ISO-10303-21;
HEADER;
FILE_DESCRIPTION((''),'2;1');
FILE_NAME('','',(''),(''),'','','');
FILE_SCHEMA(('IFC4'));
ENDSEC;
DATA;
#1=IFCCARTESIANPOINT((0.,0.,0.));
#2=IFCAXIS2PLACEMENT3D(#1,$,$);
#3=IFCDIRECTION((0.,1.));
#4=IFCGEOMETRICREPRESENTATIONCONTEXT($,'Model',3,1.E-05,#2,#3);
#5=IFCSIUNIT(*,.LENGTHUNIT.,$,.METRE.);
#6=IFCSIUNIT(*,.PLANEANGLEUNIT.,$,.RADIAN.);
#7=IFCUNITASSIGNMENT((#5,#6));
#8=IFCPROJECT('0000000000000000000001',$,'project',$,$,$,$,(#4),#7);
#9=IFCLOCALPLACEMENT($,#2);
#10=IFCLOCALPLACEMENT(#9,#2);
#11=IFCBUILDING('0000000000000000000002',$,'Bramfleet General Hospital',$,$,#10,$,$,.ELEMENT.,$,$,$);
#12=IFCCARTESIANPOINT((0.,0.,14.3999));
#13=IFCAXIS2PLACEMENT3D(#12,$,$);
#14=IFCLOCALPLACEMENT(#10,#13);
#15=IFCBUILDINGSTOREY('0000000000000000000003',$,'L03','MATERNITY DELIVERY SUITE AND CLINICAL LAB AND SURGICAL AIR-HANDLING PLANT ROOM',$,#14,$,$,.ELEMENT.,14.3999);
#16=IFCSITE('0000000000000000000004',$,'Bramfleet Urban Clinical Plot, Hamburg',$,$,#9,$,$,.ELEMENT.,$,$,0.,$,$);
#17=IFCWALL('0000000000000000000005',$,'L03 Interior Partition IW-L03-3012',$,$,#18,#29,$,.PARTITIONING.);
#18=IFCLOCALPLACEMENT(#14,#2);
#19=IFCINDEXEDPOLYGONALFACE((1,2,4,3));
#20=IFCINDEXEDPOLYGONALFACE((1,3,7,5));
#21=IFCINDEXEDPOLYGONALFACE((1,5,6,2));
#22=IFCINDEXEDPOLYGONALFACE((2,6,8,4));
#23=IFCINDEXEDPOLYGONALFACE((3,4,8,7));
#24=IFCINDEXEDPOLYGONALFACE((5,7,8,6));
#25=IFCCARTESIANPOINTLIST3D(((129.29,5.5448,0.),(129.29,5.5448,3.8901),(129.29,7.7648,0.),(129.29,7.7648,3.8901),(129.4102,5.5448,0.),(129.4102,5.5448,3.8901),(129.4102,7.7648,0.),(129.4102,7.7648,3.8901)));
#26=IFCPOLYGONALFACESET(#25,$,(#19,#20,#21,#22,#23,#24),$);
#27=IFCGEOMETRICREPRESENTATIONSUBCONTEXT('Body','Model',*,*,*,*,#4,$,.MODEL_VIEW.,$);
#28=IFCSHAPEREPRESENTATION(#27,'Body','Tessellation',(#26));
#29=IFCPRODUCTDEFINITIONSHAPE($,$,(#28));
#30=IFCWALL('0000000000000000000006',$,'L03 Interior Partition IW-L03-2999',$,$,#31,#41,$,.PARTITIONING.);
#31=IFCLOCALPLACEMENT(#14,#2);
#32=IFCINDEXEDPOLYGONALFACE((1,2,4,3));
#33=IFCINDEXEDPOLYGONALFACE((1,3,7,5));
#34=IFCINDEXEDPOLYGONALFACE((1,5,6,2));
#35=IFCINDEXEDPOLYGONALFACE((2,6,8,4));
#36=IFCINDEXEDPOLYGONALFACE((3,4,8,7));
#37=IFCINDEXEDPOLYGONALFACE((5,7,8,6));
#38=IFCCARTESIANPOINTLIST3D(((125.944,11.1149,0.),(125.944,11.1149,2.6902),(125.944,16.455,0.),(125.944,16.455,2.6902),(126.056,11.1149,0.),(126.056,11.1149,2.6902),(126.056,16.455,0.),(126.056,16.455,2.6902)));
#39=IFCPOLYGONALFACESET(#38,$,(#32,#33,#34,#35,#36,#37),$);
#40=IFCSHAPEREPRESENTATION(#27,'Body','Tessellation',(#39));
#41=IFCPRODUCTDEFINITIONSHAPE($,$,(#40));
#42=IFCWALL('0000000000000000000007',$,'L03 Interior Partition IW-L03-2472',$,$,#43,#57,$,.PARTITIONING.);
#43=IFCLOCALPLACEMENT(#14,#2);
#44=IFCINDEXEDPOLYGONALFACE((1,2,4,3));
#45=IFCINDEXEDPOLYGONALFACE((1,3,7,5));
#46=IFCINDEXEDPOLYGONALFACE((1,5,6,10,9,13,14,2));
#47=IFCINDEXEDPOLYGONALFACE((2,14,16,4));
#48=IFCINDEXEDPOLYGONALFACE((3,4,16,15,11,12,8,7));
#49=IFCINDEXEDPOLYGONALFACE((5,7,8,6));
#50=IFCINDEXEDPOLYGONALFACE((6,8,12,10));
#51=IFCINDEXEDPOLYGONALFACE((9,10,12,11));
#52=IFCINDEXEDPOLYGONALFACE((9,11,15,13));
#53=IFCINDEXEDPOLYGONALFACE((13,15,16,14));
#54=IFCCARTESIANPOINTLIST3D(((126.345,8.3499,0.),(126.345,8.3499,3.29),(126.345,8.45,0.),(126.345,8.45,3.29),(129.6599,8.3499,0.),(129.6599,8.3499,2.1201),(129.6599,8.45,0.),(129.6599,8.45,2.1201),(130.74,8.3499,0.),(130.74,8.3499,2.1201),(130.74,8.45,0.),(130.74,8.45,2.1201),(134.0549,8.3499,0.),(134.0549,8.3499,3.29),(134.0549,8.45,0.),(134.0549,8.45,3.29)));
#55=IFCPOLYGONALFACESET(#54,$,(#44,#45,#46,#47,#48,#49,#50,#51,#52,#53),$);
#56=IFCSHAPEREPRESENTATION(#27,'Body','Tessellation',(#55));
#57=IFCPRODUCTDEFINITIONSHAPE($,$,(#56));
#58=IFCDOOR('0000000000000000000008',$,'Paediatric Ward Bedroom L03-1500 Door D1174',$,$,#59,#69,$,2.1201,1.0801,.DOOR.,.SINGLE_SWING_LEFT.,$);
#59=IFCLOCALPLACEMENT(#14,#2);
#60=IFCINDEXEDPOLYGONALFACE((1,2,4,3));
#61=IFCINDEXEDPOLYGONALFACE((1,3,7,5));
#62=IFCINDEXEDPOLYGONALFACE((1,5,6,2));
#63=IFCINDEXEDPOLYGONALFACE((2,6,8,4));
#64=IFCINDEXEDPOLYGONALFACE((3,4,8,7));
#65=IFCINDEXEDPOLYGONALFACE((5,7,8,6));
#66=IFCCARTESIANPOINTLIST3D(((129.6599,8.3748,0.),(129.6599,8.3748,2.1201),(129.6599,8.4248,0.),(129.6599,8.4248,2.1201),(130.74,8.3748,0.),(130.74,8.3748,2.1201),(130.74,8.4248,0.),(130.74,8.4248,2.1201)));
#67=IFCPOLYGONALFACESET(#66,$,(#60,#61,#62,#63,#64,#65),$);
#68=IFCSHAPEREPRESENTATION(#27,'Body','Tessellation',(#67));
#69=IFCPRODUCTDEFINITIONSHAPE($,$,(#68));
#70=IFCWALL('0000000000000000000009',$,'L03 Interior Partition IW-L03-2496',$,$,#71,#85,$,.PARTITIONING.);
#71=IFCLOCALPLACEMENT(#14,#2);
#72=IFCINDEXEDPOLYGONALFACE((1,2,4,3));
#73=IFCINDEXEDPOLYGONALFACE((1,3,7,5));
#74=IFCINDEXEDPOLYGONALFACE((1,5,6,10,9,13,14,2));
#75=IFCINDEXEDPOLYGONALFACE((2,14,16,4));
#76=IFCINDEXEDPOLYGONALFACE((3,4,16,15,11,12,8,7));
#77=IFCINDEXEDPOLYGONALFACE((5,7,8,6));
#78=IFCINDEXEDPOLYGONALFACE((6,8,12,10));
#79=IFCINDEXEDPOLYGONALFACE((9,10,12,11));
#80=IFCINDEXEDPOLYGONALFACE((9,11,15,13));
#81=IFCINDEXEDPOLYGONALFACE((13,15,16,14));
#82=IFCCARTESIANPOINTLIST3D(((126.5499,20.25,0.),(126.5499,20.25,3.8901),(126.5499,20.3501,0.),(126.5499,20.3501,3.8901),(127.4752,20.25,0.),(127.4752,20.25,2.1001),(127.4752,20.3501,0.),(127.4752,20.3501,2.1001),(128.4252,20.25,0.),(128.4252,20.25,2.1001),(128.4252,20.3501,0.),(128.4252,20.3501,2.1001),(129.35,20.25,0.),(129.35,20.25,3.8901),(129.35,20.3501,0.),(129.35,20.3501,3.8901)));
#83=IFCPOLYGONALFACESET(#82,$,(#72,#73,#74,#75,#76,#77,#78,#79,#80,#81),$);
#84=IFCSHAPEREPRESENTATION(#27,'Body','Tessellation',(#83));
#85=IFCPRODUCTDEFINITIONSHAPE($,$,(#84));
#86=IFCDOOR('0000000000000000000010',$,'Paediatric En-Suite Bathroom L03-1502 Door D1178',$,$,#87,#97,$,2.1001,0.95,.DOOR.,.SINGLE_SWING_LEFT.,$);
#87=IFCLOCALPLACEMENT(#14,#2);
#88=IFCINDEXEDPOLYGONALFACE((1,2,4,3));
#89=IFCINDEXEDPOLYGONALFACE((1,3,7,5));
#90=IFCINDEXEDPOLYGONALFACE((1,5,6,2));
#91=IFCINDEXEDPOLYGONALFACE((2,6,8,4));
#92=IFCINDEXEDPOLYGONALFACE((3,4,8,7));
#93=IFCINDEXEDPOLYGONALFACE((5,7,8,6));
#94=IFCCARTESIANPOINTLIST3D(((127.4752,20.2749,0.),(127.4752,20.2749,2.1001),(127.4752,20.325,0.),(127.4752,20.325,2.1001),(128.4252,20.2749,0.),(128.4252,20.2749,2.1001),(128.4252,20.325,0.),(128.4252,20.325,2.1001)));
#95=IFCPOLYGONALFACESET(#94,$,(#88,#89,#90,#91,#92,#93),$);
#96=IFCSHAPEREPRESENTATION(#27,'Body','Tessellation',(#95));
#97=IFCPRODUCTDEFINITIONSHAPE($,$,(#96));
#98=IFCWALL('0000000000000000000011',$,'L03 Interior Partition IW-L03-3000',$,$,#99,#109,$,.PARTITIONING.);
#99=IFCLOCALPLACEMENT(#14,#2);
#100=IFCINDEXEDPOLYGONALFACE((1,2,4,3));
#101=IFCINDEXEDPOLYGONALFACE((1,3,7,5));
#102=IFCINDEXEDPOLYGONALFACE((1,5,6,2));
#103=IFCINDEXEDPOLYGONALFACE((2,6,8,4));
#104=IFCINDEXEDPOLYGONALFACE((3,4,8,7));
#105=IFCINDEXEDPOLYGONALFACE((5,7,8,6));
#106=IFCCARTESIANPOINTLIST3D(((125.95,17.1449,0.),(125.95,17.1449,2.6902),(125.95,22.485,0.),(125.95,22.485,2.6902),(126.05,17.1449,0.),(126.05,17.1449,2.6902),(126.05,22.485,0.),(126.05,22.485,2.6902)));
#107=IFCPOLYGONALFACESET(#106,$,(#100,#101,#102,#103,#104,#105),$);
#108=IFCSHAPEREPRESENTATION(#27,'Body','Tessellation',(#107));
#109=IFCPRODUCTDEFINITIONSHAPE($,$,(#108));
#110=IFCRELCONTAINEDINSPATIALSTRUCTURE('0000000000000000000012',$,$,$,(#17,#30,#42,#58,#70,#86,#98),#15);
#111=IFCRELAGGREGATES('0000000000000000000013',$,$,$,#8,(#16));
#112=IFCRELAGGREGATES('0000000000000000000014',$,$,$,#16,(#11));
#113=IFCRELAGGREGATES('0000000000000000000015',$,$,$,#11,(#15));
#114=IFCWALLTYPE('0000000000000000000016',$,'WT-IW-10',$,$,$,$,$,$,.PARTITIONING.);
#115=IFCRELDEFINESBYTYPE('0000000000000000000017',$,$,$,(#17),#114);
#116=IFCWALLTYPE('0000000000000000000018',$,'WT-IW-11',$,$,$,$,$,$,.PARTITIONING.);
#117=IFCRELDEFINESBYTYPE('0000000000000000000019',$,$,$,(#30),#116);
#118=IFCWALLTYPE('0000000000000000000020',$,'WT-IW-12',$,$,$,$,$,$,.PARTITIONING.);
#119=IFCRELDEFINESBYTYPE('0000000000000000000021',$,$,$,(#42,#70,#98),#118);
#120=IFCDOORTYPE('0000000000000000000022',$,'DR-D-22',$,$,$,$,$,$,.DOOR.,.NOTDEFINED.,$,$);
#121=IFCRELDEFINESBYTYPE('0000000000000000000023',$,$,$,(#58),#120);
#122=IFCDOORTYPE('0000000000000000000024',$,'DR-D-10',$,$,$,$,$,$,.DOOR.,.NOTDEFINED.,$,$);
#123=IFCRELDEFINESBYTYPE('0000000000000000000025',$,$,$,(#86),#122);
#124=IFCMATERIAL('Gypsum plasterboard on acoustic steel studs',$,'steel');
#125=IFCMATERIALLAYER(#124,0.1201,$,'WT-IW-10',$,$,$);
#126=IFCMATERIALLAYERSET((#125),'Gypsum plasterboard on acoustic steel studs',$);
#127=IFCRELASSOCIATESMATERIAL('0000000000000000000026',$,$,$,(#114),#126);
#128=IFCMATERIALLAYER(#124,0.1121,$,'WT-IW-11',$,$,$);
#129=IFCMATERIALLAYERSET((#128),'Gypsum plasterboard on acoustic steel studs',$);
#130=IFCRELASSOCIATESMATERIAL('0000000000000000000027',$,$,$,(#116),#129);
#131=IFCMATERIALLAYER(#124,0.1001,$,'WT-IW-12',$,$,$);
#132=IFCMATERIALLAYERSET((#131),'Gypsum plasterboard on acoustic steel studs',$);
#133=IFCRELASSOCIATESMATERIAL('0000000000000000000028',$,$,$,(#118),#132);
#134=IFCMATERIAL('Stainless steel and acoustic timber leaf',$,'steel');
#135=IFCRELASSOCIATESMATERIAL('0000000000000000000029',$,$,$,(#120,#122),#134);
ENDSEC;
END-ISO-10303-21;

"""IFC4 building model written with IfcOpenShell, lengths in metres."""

from ifc_helpers import new_model, si_unit, direction, frame, frame_2d, origin, place, context, subcontext, project, spatial, rectangle, extrude, material, layer, layer_set, type_object, element, fill, save


model = new_model("IFC4")

# Units and contexts
model_context = context("Model", 3, precision=1e-05, world=origin(), true_north=direction((0.0, 1.0)))
body_context = subcontext(model_context, "Body", "Model", "MODEL_VIEW")
ifc_project = project(units=[si_unit("LENGTHUNIT", "METRE"), si_unit("PLANEANGLEUNIT", "RADIAN")], contexts=[model_context])

# Site, building, storey
site_placement = place(None, origin())
site = spatial("IfcSite", under=ifc_project, at=site_placement, Name="Bramfleet Urban Clinical Plot, Hamburg", CompositionType="ELEMENT", RefElevation=0.0)
building_placement = place(site_placement, origin())
building = spatial("IfcBuilding", under=site, at=building_placement, Name="Bramfleet General Hospital", CompositionType="ELEMENT")
storey_placement = place(building_placement, frame((0.0, 0.0, 14.3999)))
storey = spatial("IfcBuildingStorey", under=building, at=storey_placement, Name="L03", Description="MATERNITY DELIVERY SUITE AND CLINICAL LAB AND SURGICAL AIR-HANDLING PLANT ROOM", CompositionType="ELEMENT", Elevation=14.3999)

# Shared definitions
ifc_material_1 = material(Name="Gypsum plasterboard on acoustic steel studs", Category="steel")
ifc_material_2 = material(Name="Stainless steel and acoustic timber leaf", Category="steel")

# Walls
ifc_layer_1 = layer(ifc_material_1, 0.1201, Name="WT-IW-10")
ifc_layer_set_1 = layer_set([ifc_layer_1], Name="Gypsum plasterboard on acoustic steel studs")
wall_type_1 = type_object("IfcWallType", Name="WT-IW-10", PredefinedType="PARTITIONING", material=ifc_layer_set_1)
for number, where, z_axis, x_axis, name in (
    (1, (129.3501, 5.5449, 0.0), (0.0, 0.0, 1.0), (0.0, 1.0, 0.0), "L03 Interior Partition IW-L03-3012"),
):
    element("IfcWall", number, at=place(storey_placement, frame(where, z_axis=z_axis, x_axis=x_axis)), inside=storey, type_object=wall_type_1, Name=name, PredefinedType="PARTITIONING", context=body_context, shape_type="SweptSolid", body=[
        extrude(rectangle(XDim=2.22, YDim=0.1201, at=frame_2d((1.1099, 0.0))), origin(), (0.0, 0.0, 1.0), 3.8901),
    ])
ifc_layer_2 = layer(ifc_material_1, 0.1121, Name="WT-IW-11")
ifc_layer_set_2 = layer_set([ifc_layer_2], Name="Gypsum plasterboard on acoustic steel studs")
wall_type_2 = type_object("IfcWallType", Name="WT-IW-11", PredefinedType="PARTITIONING", material=ifc_layer_set_2)
wall_1_placement = place(storey_placement, frame((126.0, 11.115, 0.0), z_axis=(0.0, 0.0, 1.0), x_axis=(0.0, 1.0, 0.0)))
element("IfcWall", 2, at=wall_1_placement, inside=storey, type_object=wall_type_2, Name="L03 Interior Partition IW-L03-2999", PredefinedType="PARTITIONING", context=body_context, shape_type="SweptSolid", body=[
    extrude(rectangle(XDim=5.3401, YDim=0.1121, at=frame_2d((2.6699, 0.0))), origin(), (0.0, 0.0, 1.0), 2.6902),
])

# Walls, openings, doors
ifc_layer_3 = layer(ifc_material_1, 0.1001, Name="WT-IW-12")
ifc_layer_set_3 = layer_set([ifc_layer_3], Name="Gypsum plasterboard on acoustic steel studs")
wall_type_3 = type_object("IfcWallType", Name="WT-IW-12", PredefinedType="PARTITIONING", material=ifc_layer_set_3)
wall_2_placement = place(storey_placement, frame((126.345, 8.3999, 0.0), z_axis=(0.0, 0.0, 1.0), x_axis=(1.0, 0.0, 0.0)))
wall_2 = element("IfcWall", 3, at=wall_2_placement, inside=storey, type_object=wall_type_3, Name="L03 Interior Partition IW-L03-2472", PredefinedType="PARTITIONING", context=body_context, shape_type="SweptSolid", body=[
    extrude(rectangle(XDim=7.71, YDim=0.1001, at=frame_2d((3.855, 0.0))), origin(), (0.0, 0.0, 1.0), 3.29),
])
opening_1_placement = place(wall_2_placement, frame((3.3149, 0.0, 0.0)))
opening_1 = element("IfcOpeningElement", 4, at=opening_1_placement, cuts=wall_2, PredefinedType="OPENING", context=body_context, shape_type="SweptSolid", body=[
    extrude(rectangle(XDim=1.0801, YDim=2.1201, at=frame_2d((0.54, 1.0601))), frame((0.0, 0.0601, 0.0), z_axis=(0.0, -1.0, 0.0), x_axis=(1.0, 0.0, 0.0)), (0.0, 0.0, 1.0), 0.1201),
])
door_type_1 = type_object("IfcDoorType", Name="DR-D-22", OperationType="NOTDEFINED", PredefinedType="DOOR", material=ifc_material_2)
door_1_placement = place(opening_1_placement, origin())
door_1 = element("IfcDoor", 5, at=door_1_placement, inside=storey, type_object=door_type_1, Name="Paediatric Ward Bedroom L03-1500 Door D1174", OperationType="SINGLE_SWING_LEFT", OverallHeight=2.1201, OverallWidth=1.0801, PredefinedType="DOOR", context=body_context, shape_type="SweptSolid", body=[
    extrude(rectangle(XDim=1.0801, YDim=2.1201, at=frame_2d((0.54, 1.0601))), frame((0.0, 0.0249, 0.0), z_axis=(0.0, -1.0, 0.0), x_axis=(1.0, 0.0, 0.0)), (0.0, 0.0, 1.0), 0.05),
])
fill(opening_1, door_1)
wall_3_placement = place(storey_placement, frame((126.55, 20.3, 0.0), z_axis=(0.0, 0.0, 1.0), x_axis=(1.0, 0.0, 0.0)))
wall_3 = element("IfcWall", 6, at=wall_3_placement, inside=storey, type_object=wall_type_3, Name="L03 Interior Partition IW-L03-2496", PredefinedType="PARTITIONING", context=body_context, shape_type="SweptSolid", body=[
    extrude(rectangle(XDim=2.8, YDim=0.1001, at=frame_2d((1.3999, 0.0))), origin(), (0.0, 0.0, 1.0), 3.8901),
])
opening_2_placement = place(wall_3_placement, frame((0.925, 0.0, 0.0)))
opening_2 = element("IfcOpeningElement", 7, at=opening_2_placement, cuts=wall_3, PredefinedType="OPENING", context=body_context, shape_type="SweptSolid", body=[
    extrude(rectangle(XDim=0.95, YDim=2.1001, at=frame_2d((0.4751, 1.05))), frame((0.0, 0.0601, 0.0), z_axis=(0.0, -1.0, 0.0), x_axis=(1.0, 0.0, 0.0)), (0.0, 0.0, 1.0), 0.1201),
])
door_type_2 = type_object("IfcDoorType", Name="DR-D-10", OperationType="NOTDEFINED", PredefinedType="DOOR", material=ifc_material_2)
door_2_placement = place(opening_2_placement, origin())
door_2 = element("IfcDoor", 8, at=door_2_placement, inside=storey, type_object=door_type_2, Name="Paediatric En-Suite Bathroom L03-1502 Door D1178", OperationType="SINGLE_SWING_LEFT", OverallHeight=2.1001, OverallWidth=0.95, PredefinedType="DOOR", context=body_context, shape_type="SweptSolid", body=[
    extrude(rectangle(XDim=0.95, YDim=2.1001, at=frame_2d((0.4751, 1.05))), frame((0.0, 0.0249, 0.0), z_axis=(0.0, -1.0, 0.0), x_axis=(1.0, 0.0, 0.0)), (0.0, 0.0, 1.0), 0.05),
])
fill(opening_2, door_2)

# Wall
wall_4_placement = place(storey_placement, frame((126.0, 17.145, 0.0), z_axis=(0.0, 0.0, 1.0), x_axis=(0.0, 1.0, 0.0)))
element("IfcWall", 9, at=wall_4_placement, inside=storey, type_object=wall_type_3, Name="L03 Interior Partition IW-L03-3000", PredefinedType="PARTITIONING", context=body_context, shape_type="SweptSolid", body=[
    extrude(rectangle(XDim=5.3401, YDim=0.1001, at=frame_2d((2.6699, 0.0))), origin(), (0.0, 0.0, 1.0), 2.6902),
])

save(model, "model.ifc")
